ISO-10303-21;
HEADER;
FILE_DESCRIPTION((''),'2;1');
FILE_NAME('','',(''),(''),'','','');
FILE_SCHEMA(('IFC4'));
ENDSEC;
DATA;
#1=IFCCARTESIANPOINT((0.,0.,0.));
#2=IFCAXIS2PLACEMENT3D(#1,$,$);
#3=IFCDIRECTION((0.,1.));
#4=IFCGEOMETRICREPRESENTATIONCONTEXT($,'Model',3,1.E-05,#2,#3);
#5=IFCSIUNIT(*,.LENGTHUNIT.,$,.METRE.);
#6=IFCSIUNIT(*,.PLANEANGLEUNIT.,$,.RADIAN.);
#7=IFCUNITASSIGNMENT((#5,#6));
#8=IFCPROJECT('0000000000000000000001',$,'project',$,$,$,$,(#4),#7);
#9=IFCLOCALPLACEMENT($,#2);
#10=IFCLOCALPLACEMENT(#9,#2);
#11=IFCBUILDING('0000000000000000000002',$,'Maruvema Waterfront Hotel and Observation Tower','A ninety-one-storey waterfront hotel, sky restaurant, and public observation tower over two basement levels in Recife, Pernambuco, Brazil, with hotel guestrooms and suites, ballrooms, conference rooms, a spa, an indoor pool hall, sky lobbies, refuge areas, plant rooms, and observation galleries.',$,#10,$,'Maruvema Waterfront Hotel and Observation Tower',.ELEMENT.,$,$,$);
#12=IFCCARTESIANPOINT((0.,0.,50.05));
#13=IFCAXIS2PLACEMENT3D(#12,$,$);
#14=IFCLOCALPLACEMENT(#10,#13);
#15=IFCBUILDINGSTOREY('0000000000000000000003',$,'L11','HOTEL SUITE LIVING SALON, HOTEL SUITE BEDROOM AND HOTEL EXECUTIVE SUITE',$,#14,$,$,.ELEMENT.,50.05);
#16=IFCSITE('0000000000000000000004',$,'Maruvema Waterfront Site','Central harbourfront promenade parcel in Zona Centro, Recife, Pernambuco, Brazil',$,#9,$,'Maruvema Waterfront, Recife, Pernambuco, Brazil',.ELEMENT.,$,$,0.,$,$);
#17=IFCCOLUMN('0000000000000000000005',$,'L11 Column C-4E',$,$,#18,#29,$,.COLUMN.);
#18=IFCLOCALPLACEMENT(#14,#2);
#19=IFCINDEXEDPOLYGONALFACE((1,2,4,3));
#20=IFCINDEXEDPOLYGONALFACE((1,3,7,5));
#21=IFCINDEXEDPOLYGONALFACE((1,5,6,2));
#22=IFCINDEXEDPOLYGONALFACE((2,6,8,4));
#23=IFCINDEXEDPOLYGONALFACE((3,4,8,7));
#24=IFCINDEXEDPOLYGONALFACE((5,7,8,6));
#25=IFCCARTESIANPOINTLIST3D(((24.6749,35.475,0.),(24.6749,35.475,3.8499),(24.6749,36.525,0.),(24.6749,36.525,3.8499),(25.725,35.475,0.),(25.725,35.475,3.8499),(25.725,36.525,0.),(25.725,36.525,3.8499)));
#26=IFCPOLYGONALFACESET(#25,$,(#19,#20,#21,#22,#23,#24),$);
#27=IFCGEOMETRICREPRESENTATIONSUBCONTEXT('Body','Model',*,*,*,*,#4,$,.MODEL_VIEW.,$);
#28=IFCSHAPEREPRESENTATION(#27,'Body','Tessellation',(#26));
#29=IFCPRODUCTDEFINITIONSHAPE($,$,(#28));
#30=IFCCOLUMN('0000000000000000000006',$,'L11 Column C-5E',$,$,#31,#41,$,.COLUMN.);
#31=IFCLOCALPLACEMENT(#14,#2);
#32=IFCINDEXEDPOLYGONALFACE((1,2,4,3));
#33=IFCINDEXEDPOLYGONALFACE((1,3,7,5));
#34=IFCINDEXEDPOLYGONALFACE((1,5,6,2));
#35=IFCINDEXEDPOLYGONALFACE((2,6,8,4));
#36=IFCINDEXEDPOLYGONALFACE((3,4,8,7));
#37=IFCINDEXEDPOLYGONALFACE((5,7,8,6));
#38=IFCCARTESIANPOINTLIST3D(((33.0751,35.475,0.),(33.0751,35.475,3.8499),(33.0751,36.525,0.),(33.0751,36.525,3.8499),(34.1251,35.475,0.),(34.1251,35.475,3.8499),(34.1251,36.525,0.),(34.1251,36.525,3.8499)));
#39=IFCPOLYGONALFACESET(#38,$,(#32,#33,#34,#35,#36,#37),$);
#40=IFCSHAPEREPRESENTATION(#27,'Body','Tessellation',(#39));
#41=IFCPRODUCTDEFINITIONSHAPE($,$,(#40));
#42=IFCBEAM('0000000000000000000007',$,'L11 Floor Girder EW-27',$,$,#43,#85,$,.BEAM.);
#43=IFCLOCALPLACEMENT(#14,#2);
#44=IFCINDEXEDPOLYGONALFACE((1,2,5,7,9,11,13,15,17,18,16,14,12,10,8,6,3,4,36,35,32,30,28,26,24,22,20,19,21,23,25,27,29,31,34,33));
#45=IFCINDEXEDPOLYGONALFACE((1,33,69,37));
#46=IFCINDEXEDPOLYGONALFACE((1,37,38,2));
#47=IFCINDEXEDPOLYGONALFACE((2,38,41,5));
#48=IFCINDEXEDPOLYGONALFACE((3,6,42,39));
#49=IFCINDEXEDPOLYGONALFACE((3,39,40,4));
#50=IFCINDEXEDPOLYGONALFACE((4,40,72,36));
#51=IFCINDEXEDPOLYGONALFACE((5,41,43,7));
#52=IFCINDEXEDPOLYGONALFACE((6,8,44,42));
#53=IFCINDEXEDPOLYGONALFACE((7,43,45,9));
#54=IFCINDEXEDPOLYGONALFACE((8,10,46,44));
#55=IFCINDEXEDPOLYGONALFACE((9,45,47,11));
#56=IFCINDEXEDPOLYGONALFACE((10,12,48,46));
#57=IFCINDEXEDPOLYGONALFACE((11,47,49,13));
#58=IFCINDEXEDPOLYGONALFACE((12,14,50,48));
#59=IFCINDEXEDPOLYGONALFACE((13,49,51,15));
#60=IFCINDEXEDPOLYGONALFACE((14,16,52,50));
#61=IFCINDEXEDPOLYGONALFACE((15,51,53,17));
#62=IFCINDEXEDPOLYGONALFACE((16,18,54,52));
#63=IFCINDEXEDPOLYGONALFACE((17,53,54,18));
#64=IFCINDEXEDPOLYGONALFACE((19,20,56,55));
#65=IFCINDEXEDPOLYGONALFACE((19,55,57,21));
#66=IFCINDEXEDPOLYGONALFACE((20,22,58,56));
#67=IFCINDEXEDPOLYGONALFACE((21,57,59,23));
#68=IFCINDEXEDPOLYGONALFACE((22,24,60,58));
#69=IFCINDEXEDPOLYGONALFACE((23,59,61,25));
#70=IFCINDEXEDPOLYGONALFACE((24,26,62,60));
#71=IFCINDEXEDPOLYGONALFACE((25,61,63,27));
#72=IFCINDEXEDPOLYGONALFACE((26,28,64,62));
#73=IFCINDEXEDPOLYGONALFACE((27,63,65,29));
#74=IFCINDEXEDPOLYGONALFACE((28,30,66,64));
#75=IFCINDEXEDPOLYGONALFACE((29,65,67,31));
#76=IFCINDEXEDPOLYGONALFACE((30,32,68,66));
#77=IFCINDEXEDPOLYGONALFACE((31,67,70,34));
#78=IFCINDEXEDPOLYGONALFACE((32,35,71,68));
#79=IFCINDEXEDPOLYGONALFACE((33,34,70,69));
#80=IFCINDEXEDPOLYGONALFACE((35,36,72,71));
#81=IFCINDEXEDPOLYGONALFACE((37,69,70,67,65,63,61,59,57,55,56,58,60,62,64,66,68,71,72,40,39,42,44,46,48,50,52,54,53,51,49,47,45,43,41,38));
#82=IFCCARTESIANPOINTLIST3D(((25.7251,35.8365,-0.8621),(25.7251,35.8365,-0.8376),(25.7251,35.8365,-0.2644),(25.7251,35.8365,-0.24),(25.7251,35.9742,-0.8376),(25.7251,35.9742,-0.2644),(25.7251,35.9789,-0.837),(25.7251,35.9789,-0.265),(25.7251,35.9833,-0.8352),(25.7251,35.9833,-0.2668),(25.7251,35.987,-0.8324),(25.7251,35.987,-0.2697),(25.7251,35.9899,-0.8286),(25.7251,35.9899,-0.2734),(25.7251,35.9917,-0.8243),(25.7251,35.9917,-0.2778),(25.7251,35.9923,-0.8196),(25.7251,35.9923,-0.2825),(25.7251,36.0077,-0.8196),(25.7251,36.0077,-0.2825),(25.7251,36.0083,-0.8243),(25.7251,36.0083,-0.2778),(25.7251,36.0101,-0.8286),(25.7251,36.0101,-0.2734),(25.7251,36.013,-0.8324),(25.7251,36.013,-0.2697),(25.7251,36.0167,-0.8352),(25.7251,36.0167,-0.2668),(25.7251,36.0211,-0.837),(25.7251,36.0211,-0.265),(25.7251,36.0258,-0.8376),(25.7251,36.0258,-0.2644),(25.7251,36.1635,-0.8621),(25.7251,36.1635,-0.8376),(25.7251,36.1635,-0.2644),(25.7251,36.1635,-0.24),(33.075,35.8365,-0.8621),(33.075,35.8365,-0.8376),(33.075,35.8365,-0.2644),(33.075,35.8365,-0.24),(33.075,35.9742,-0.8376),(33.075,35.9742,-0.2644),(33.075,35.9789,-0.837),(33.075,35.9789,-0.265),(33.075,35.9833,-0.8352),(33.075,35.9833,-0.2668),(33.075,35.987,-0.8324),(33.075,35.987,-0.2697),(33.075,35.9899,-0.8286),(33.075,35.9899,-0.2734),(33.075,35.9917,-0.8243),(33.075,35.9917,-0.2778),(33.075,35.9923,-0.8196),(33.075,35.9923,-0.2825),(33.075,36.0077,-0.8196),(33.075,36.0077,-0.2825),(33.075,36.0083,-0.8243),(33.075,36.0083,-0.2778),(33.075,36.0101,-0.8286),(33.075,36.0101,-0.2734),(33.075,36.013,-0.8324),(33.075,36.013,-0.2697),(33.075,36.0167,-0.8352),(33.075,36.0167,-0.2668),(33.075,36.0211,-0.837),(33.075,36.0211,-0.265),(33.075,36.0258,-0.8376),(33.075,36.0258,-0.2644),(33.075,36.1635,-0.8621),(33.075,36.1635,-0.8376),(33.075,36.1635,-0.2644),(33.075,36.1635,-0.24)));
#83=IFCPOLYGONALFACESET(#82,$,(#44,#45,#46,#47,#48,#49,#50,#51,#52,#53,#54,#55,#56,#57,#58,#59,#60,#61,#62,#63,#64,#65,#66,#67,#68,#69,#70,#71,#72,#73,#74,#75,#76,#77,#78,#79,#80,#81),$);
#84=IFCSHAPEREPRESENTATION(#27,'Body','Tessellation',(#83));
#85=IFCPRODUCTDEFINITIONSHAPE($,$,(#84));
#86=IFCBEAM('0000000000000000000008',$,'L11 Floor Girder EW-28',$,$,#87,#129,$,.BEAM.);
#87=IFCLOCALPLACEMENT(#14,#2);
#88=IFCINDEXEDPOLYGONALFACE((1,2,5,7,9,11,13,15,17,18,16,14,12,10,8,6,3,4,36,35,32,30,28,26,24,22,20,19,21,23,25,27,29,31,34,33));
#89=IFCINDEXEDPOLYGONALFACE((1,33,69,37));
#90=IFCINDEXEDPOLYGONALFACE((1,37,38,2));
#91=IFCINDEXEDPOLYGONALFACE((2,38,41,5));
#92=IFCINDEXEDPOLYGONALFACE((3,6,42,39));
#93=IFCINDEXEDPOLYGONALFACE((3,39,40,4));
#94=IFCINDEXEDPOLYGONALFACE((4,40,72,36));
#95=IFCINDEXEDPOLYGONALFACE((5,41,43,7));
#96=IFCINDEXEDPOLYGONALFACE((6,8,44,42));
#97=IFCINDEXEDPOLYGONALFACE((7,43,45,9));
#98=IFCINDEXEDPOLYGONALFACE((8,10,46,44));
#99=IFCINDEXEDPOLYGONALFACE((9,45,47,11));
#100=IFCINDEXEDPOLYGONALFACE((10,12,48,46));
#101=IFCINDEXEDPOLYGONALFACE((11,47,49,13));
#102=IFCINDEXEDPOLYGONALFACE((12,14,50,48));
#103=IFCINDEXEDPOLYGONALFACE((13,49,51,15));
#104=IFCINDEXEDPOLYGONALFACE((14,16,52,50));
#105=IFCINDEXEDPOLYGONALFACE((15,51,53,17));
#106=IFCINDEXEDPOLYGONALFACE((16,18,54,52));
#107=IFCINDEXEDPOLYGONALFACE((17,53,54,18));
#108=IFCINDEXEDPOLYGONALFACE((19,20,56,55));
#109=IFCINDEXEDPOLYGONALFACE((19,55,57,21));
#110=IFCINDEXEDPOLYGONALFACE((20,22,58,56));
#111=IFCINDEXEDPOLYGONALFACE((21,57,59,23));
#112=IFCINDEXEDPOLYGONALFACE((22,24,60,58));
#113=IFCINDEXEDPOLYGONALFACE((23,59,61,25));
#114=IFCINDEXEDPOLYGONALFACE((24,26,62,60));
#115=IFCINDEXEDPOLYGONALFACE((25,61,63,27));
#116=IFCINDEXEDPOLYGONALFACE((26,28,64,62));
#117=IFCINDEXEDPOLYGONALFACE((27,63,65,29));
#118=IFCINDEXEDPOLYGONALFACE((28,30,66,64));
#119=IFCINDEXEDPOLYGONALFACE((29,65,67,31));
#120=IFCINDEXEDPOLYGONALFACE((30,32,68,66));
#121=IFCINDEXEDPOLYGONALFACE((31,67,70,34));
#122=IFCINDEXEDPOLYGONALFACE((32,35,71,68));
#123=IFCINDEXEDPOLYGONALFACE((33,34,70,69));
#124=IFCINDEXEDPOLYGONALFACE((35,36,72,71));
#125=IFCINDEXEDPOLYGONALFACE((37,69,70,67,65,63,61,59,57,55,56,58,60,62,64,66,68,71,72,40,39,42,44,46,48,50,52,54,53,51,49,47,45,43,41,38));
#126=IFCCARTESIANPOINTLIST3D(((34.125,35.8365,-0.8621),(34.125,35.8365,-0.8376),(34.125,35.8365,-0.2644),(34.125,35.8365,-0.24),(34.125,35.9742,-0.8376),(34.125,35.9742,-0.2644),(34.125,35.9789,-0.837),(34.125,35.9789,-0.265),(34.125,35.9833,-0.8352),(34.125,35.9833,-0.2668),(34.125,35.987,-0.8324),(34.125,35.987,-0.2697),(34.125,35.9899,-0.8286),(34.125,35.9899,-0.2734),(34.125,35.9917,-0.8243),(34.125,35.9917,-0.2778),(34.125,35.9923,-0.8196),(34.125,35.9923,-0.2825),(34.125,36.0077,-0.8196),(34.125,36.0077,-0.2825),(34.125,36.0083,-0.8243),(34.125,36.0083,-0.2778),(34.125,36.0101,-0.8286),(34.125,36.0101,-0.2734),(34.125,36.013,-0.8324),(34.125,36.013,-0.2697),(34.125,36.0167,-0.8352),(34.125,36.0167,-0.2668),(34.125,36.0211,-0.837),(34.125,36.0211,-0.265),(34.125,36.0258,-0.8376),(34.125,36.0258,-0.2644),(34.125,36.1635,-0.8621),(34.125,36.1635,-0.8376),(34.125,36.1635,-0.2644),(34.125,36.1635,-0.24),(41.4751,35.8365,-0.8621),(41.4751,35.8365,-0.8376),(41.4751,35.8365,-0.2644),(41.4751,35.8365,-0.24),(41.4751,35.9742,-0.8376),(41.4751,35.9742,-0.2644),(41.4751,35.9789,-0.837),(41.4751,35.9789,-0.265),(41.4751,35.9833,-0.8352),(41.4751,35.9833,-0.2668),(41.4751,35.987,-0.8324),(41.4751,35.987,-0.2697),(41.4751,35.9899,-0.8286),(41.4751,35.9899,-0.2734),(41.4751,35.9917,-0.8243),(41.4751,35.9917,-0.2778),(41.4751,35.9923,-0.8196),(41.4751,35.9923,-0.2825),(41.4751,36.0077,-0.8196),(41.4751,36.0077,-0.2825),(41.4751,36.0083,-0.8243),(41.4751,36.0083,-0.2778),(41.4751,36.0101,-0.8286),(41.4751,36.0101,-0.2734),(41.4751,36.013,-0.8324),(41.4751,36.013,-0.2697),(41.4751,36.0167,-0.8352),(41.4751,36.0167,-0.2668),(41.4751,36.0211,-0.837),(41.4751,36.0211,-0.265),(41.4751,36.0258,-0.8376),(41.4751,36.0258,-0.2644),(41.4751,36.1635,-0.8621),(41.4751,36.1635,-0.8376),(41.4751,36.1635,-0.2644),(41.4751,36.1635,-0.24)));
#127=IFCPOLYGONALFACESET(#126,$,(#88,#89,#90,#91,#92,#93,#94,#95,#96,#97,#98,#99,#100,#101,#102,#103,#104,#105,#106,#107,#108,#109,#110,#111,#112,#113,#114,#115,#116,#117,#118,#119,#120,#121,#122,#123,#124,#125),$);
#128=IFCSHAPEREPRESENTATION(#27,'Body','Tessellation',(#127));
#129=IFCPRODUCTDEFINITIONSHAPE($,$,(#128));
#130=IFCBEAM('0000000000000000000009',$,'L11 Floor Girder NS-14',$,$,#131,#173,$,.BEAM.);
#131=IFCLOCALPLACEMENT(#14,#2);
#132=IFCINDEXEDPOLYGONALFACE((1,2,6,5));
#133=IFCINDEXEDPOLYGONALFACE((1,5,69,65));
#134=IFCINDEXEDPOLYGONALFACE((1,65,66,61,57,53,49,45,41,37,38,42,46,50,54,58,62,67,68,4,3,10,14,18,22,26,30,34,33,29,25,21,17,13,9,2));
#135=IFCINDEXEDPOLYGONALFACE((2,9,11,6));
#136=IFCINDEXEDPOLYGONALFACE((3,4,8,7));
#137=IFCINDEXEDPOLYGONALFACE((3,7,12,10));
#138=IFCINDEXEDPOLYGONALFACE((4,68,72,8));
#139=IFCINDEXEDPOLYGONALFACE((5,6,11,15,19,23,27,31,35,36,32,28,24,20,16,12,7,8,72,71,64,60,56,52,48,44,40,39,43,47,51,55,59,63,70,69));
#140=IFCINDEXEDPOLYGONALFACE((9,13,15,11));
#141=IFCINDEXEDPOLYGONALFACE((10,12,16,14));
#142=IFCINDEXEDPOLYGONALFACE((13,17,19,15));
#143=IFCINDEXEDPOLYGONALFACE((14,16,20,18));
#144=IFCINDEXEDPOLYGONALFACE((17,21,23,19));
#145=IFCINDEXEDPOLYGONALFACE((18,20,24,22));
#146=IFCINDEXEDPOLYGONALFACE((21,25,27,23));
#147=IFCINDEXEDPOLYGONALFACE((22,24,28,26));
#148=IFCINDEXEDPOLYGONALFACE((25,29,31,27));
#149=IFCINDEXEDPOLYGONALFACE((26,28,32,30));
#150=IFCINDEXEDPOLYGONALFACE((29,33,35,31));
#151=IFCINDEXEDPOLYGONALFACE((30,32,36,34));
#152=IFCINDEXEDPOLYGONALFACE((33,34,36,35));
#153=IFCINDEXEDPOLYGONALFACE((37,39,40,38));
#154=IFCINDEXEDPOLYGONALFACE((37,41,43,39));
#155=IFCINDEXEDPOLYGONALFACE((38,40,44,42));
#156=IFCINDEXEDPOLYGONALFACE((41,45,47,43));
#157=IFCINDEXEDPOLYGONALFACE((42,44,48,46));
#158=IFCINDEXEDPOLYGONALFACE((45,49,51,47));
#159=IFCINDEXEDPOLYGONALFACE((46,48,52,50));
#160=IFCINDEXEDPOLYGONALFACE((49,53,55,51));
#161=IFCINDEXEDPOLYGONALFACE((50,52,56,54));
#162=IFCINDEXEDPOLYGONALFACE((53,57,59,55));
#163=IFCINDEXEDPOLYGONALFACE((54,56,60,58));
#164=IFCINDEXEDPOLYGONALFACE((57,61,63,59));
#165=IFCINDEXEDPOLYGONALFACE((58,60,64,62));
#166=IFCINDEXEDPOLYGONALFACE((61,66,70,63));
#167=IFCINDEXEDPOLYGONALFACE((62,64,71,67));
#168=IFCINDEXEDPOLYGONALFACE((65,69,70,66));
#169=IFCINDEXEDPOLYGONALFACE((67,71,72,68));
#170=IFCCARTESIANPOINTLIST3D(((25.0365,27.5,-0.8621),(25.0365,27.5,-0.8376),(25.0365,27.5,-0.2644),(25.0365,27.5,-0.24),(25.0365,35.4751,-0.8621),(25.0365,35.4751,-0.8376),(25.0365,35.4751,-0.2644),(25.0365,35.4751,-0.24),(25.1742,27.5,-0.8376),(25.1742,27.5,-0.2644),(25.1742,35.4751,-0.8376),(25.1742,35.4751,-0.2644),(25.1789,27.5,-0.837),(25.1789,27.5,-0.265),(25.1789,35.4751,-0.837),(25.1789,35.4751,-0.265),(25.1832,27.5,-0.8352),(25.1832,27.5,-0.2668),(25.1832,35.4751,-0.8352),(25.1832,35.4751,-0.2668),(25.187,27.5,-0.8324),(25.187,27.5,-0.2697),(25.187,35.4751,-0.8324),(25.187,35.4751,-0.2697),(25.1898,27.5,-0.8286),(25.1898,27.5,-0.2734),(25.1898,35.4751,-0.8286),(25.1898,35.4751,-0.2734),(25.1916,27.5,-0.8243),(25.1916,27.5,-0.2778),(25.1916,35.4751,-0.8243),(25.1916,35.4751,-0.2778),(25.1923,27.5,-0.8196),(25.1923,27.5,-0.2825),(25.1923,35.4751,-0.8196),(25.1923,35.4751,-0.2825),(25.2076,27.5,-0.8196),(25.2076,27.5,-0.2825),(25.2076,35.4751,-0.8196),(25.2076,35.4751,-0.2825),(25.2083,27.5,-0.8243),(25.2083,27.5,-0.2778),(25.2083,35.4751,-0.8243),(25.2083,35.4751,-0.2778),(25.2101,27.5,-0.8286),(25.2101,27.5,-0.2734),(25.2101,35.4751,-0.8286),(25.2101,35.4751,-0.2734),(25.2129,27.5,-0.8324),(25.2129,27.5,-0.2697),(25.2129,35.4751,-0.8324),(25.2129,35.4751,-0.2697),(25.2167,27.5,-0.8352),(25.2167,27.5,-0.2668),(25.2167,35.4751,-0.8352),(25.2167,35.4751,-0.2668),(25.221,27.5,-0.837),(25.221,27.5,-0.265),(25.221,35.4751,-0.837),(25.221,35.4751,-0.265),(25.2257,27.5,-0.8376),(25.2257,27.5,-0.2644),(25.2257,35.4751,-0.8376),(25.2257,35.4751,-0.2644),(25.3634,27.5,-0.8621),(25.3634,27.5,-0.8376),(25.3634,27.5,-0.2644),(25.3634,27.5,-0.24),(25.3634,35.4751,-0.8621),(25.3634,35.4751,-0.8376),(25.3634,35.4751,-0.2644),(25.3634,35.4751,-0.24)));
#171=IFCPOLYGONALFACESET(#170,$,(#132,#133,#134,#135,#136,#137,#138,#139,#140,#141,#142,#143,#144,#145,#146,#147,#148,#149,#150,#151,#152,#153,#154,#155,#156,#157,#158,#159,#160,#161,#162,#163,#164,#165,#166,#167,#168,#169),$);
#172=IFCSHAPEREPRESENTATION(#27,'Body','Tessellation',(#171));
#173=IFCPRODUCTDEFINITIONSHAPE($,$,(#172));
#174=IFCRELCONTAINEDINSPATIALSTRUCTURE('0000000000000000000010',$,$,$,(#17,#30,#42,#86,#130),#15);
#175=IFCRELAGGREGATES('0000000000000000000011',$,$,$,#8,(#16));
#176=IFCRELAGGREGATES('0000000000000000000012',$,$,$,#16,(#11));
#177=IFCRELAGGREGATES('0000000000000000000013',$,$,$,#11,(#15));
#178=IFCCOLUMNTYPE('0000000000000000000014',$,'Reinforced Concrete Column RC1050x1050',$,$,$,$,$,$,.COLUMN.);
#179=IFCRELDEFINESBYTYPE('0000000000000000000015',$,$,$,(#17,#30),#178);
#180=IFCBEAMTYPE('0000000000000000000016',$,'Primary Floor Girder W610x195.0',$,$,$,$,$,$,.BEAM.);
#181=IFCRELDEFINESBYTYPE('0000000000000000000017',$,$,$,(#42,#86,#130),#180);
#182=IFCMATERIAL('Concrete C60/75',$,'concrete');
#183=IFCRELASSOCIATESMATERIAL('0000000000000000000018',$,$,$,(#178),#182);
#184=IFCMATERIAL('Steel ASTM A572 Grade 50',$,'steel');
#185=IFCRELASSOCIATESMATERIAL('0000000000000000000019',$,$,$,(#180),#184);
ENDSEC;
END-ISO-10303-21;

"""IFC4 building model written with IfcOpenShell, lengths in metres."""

from ifc_helpers import new_model, si_unit, direction, frame, origin, origin_2d, place, context, subcontext, project, spatial, rectangle, i_section, extrude, material, material_profile, profile_set, type_object, element, save


model = new_model("IFC4")

# Units and contexts
model_context = context("Model", 3, precision=1e-05, world=origin(), true_north=direction((0.0, 1.0)))
body_context = subcontext(model_context, "Body", "Model", "MODEL_VIEW")
ifc_project = project(units=[si_unit("LENGTHUNIT", "METRE"), si_unit("PLANEANGLEUNIT", "RADIAN")], contexts=[model_context])

# Site, building, storey
site_placement = place(None, origin())
site = spatial("IfcSite", under=ifc_project, at=site_placement, Name="Maruvema Waterfront Site", Description="Central harbourfront promenade parcel in Zona Centro, Recife, Pernambuco, Brazil", LongName="Maruvema Waterfront, Recife, Pernambuco, Brazil", CompositionType="ELEMENT", RefElevation=0.0)
building_placement = place(site_placement, origin())
building = spatial("IfcBuilding", under=site, at=building_placement, Name="Maruvema Waterfront Hotel and Observation Tower", Description="A ninety-one-storey waterfront hotel, sky restaurant, and public observation tower over two basement levels in Recife, Pernambuco, Brazil, with hotel guestrooms and suites, ballrooms, conference rooms, a spa, an indoor pool hall, sky lobbies, refuge areas, plant rooms, and observation galleries.", LongName="Maruvema Waterfront Hotel and Observation Tower", CompositionType="ELEMENT")
storey_placement = place(building_placement, frame((0.0, 0.0, 50.05)))
storey = spatial("IfcBuildingStorey", under=building, at=storey_placement, Name="L11", Description="HOTEL SUITE LIVING SALON, HOTEL SUITE BEDROOM AND HOTEL EXECUTIVE SUITE", CompositionType="ELEMENT", Elevation=50.05)

# Columns
ifc_material_1 = material(Name="Concrete C60/75", Category="concrete")
ifc_material_profile_1 = material_profile(ifc_material_1, rectangle(XDim=1.05, YDim=1.05, at=origin_2d()), Name="RC1050x1050")
ifc_profile_set_1 = profile_set([ifc_material_profile_1], Name="Concrete C60/75")
column_type = type_object("IfcColumnType", Name="Reinforced Concrete Column RC1050x1050", PredefinedType="COLUMN", material=ifc_profile_set_1)
for number, where, z_axis, x_axis, name in (
    (1, (25.2, 36.0, 0.0), (0.0, 0.0, 1.0), (1.0, 0.0, 0.0), "L11 Column C-4E"),
    (2, (33.6001, 36.0, 0.0), (0.0, 0.0, 1.0), (1.0, 0.0, 0.0), "L11 Column C-5E"),
):
    element("IfcColumn", number, at=place(storey_placement, frame(where, z_axis=z_axis, x_axis=x_axis)), inside=storey, type_object=column_type, Name=name, PredefinedType="COLUMN", context=body_context, shape_type="SweptSolid", body=[
        extrude(rectangle(XDim=1.05, YDim=1.05, at=origin_2d()), origin(), (0.0, 0.0, 1.0), 3.8499),
    ])

# Beams
ifc_material_2 = material(Name="Steel ASTM A572 Grade 50", Category="steel")
ifc_material_profile_2 = material_profile(ifc_material_2, i_section(OverallWidth=0.3269, OverallDepth=0.6221, WebThickness=0.0154, FlangeThickness=0.0244, FilletRadius=0.0181, at=origin_2d()), Name="W610x195.0")
ifc_profile_set_2 = profile_set([ifc_material_profile_2], Name="Steel ASTM A572 Grade 50")
beam_type_1 = type_object("IfcBeamType", Name="Primary Floor Girder W610x195.0", PredefinedType="BEAM", material=ifc_profile_set_2)
beam_1_placement = place(storey_placement, frame((25.7251, 36.0, -0.551), z_axis=(1.0, 0.0, 0.0), x_axis=(0.0, 1.0, 0.0)))
element("IfcBeam", 3, at=beam_1_placement, inside=storey, type_object=beam_type_1, Name="L11 Floor Girder EW-27", PredefinedType="BEAM", context=body_context, shape_type="SweptSolid", body=[
    extrude(i_section(OverallWidth=0.3269, OverallDepth=0.6221, WebThickness=0.0154, FlangeThickness=0.0244, FilletRadius=0.0181, at=origin_2d()), origin(), (0.0, 0.0, 1.0), 7.3499),
])
beam_2_placement = place(storey_placement, frame((34.125, 36.0, -0.551), z_axis=(1.0, 0.0, 0.0), x_axis=(0.0, 1.0, 0.0)))
element("IfcBeam", 4, at=beam_2_placement, inside=storey, type_object=beam_type_1, Name="L11 Floor Girder EW-28", PredefinedType="BEAM", context=body_context, shape_type="SweptSolid", body=[
    extrude(i_section(OverallWidth=0.3269, OverallDepth=0.6221, WebThickness=0.0154, FlangeThickness=0.0244, FilletRadius=0.0181, at=origin_2d()), origin(), (0.0, 0.0, 1.0), 7.3501),
])
for number, where, z_axis, x_axis, name in (
    (5, (25.2, 27.5, -0.551), (0.0, 1.0, 0.0), (-1.0, 0.0, 0.0), "L11 Floor Girder NS-14"),
):
    element("IfcBeam", number, at=place(storey_placement, frame(where, z_axis=z_axis, x_axis=x_axis)), inside=storey, type_object=beam_type_1, Name=name, PredefinedType="BEAM", context=body_context, shape_type="SweptSolid", body=[
        extrude(i_section(OverallWidth=0.3269, OverallDepth=0.6221, WebThickness=0.0154, FlangeThickness=0.0244, FilletRadius=0.0181, at=origin_2d()), origin(), (0.0, 0.0, 1.0), 7.9751),
    ])

save(model, "model.ifc")
